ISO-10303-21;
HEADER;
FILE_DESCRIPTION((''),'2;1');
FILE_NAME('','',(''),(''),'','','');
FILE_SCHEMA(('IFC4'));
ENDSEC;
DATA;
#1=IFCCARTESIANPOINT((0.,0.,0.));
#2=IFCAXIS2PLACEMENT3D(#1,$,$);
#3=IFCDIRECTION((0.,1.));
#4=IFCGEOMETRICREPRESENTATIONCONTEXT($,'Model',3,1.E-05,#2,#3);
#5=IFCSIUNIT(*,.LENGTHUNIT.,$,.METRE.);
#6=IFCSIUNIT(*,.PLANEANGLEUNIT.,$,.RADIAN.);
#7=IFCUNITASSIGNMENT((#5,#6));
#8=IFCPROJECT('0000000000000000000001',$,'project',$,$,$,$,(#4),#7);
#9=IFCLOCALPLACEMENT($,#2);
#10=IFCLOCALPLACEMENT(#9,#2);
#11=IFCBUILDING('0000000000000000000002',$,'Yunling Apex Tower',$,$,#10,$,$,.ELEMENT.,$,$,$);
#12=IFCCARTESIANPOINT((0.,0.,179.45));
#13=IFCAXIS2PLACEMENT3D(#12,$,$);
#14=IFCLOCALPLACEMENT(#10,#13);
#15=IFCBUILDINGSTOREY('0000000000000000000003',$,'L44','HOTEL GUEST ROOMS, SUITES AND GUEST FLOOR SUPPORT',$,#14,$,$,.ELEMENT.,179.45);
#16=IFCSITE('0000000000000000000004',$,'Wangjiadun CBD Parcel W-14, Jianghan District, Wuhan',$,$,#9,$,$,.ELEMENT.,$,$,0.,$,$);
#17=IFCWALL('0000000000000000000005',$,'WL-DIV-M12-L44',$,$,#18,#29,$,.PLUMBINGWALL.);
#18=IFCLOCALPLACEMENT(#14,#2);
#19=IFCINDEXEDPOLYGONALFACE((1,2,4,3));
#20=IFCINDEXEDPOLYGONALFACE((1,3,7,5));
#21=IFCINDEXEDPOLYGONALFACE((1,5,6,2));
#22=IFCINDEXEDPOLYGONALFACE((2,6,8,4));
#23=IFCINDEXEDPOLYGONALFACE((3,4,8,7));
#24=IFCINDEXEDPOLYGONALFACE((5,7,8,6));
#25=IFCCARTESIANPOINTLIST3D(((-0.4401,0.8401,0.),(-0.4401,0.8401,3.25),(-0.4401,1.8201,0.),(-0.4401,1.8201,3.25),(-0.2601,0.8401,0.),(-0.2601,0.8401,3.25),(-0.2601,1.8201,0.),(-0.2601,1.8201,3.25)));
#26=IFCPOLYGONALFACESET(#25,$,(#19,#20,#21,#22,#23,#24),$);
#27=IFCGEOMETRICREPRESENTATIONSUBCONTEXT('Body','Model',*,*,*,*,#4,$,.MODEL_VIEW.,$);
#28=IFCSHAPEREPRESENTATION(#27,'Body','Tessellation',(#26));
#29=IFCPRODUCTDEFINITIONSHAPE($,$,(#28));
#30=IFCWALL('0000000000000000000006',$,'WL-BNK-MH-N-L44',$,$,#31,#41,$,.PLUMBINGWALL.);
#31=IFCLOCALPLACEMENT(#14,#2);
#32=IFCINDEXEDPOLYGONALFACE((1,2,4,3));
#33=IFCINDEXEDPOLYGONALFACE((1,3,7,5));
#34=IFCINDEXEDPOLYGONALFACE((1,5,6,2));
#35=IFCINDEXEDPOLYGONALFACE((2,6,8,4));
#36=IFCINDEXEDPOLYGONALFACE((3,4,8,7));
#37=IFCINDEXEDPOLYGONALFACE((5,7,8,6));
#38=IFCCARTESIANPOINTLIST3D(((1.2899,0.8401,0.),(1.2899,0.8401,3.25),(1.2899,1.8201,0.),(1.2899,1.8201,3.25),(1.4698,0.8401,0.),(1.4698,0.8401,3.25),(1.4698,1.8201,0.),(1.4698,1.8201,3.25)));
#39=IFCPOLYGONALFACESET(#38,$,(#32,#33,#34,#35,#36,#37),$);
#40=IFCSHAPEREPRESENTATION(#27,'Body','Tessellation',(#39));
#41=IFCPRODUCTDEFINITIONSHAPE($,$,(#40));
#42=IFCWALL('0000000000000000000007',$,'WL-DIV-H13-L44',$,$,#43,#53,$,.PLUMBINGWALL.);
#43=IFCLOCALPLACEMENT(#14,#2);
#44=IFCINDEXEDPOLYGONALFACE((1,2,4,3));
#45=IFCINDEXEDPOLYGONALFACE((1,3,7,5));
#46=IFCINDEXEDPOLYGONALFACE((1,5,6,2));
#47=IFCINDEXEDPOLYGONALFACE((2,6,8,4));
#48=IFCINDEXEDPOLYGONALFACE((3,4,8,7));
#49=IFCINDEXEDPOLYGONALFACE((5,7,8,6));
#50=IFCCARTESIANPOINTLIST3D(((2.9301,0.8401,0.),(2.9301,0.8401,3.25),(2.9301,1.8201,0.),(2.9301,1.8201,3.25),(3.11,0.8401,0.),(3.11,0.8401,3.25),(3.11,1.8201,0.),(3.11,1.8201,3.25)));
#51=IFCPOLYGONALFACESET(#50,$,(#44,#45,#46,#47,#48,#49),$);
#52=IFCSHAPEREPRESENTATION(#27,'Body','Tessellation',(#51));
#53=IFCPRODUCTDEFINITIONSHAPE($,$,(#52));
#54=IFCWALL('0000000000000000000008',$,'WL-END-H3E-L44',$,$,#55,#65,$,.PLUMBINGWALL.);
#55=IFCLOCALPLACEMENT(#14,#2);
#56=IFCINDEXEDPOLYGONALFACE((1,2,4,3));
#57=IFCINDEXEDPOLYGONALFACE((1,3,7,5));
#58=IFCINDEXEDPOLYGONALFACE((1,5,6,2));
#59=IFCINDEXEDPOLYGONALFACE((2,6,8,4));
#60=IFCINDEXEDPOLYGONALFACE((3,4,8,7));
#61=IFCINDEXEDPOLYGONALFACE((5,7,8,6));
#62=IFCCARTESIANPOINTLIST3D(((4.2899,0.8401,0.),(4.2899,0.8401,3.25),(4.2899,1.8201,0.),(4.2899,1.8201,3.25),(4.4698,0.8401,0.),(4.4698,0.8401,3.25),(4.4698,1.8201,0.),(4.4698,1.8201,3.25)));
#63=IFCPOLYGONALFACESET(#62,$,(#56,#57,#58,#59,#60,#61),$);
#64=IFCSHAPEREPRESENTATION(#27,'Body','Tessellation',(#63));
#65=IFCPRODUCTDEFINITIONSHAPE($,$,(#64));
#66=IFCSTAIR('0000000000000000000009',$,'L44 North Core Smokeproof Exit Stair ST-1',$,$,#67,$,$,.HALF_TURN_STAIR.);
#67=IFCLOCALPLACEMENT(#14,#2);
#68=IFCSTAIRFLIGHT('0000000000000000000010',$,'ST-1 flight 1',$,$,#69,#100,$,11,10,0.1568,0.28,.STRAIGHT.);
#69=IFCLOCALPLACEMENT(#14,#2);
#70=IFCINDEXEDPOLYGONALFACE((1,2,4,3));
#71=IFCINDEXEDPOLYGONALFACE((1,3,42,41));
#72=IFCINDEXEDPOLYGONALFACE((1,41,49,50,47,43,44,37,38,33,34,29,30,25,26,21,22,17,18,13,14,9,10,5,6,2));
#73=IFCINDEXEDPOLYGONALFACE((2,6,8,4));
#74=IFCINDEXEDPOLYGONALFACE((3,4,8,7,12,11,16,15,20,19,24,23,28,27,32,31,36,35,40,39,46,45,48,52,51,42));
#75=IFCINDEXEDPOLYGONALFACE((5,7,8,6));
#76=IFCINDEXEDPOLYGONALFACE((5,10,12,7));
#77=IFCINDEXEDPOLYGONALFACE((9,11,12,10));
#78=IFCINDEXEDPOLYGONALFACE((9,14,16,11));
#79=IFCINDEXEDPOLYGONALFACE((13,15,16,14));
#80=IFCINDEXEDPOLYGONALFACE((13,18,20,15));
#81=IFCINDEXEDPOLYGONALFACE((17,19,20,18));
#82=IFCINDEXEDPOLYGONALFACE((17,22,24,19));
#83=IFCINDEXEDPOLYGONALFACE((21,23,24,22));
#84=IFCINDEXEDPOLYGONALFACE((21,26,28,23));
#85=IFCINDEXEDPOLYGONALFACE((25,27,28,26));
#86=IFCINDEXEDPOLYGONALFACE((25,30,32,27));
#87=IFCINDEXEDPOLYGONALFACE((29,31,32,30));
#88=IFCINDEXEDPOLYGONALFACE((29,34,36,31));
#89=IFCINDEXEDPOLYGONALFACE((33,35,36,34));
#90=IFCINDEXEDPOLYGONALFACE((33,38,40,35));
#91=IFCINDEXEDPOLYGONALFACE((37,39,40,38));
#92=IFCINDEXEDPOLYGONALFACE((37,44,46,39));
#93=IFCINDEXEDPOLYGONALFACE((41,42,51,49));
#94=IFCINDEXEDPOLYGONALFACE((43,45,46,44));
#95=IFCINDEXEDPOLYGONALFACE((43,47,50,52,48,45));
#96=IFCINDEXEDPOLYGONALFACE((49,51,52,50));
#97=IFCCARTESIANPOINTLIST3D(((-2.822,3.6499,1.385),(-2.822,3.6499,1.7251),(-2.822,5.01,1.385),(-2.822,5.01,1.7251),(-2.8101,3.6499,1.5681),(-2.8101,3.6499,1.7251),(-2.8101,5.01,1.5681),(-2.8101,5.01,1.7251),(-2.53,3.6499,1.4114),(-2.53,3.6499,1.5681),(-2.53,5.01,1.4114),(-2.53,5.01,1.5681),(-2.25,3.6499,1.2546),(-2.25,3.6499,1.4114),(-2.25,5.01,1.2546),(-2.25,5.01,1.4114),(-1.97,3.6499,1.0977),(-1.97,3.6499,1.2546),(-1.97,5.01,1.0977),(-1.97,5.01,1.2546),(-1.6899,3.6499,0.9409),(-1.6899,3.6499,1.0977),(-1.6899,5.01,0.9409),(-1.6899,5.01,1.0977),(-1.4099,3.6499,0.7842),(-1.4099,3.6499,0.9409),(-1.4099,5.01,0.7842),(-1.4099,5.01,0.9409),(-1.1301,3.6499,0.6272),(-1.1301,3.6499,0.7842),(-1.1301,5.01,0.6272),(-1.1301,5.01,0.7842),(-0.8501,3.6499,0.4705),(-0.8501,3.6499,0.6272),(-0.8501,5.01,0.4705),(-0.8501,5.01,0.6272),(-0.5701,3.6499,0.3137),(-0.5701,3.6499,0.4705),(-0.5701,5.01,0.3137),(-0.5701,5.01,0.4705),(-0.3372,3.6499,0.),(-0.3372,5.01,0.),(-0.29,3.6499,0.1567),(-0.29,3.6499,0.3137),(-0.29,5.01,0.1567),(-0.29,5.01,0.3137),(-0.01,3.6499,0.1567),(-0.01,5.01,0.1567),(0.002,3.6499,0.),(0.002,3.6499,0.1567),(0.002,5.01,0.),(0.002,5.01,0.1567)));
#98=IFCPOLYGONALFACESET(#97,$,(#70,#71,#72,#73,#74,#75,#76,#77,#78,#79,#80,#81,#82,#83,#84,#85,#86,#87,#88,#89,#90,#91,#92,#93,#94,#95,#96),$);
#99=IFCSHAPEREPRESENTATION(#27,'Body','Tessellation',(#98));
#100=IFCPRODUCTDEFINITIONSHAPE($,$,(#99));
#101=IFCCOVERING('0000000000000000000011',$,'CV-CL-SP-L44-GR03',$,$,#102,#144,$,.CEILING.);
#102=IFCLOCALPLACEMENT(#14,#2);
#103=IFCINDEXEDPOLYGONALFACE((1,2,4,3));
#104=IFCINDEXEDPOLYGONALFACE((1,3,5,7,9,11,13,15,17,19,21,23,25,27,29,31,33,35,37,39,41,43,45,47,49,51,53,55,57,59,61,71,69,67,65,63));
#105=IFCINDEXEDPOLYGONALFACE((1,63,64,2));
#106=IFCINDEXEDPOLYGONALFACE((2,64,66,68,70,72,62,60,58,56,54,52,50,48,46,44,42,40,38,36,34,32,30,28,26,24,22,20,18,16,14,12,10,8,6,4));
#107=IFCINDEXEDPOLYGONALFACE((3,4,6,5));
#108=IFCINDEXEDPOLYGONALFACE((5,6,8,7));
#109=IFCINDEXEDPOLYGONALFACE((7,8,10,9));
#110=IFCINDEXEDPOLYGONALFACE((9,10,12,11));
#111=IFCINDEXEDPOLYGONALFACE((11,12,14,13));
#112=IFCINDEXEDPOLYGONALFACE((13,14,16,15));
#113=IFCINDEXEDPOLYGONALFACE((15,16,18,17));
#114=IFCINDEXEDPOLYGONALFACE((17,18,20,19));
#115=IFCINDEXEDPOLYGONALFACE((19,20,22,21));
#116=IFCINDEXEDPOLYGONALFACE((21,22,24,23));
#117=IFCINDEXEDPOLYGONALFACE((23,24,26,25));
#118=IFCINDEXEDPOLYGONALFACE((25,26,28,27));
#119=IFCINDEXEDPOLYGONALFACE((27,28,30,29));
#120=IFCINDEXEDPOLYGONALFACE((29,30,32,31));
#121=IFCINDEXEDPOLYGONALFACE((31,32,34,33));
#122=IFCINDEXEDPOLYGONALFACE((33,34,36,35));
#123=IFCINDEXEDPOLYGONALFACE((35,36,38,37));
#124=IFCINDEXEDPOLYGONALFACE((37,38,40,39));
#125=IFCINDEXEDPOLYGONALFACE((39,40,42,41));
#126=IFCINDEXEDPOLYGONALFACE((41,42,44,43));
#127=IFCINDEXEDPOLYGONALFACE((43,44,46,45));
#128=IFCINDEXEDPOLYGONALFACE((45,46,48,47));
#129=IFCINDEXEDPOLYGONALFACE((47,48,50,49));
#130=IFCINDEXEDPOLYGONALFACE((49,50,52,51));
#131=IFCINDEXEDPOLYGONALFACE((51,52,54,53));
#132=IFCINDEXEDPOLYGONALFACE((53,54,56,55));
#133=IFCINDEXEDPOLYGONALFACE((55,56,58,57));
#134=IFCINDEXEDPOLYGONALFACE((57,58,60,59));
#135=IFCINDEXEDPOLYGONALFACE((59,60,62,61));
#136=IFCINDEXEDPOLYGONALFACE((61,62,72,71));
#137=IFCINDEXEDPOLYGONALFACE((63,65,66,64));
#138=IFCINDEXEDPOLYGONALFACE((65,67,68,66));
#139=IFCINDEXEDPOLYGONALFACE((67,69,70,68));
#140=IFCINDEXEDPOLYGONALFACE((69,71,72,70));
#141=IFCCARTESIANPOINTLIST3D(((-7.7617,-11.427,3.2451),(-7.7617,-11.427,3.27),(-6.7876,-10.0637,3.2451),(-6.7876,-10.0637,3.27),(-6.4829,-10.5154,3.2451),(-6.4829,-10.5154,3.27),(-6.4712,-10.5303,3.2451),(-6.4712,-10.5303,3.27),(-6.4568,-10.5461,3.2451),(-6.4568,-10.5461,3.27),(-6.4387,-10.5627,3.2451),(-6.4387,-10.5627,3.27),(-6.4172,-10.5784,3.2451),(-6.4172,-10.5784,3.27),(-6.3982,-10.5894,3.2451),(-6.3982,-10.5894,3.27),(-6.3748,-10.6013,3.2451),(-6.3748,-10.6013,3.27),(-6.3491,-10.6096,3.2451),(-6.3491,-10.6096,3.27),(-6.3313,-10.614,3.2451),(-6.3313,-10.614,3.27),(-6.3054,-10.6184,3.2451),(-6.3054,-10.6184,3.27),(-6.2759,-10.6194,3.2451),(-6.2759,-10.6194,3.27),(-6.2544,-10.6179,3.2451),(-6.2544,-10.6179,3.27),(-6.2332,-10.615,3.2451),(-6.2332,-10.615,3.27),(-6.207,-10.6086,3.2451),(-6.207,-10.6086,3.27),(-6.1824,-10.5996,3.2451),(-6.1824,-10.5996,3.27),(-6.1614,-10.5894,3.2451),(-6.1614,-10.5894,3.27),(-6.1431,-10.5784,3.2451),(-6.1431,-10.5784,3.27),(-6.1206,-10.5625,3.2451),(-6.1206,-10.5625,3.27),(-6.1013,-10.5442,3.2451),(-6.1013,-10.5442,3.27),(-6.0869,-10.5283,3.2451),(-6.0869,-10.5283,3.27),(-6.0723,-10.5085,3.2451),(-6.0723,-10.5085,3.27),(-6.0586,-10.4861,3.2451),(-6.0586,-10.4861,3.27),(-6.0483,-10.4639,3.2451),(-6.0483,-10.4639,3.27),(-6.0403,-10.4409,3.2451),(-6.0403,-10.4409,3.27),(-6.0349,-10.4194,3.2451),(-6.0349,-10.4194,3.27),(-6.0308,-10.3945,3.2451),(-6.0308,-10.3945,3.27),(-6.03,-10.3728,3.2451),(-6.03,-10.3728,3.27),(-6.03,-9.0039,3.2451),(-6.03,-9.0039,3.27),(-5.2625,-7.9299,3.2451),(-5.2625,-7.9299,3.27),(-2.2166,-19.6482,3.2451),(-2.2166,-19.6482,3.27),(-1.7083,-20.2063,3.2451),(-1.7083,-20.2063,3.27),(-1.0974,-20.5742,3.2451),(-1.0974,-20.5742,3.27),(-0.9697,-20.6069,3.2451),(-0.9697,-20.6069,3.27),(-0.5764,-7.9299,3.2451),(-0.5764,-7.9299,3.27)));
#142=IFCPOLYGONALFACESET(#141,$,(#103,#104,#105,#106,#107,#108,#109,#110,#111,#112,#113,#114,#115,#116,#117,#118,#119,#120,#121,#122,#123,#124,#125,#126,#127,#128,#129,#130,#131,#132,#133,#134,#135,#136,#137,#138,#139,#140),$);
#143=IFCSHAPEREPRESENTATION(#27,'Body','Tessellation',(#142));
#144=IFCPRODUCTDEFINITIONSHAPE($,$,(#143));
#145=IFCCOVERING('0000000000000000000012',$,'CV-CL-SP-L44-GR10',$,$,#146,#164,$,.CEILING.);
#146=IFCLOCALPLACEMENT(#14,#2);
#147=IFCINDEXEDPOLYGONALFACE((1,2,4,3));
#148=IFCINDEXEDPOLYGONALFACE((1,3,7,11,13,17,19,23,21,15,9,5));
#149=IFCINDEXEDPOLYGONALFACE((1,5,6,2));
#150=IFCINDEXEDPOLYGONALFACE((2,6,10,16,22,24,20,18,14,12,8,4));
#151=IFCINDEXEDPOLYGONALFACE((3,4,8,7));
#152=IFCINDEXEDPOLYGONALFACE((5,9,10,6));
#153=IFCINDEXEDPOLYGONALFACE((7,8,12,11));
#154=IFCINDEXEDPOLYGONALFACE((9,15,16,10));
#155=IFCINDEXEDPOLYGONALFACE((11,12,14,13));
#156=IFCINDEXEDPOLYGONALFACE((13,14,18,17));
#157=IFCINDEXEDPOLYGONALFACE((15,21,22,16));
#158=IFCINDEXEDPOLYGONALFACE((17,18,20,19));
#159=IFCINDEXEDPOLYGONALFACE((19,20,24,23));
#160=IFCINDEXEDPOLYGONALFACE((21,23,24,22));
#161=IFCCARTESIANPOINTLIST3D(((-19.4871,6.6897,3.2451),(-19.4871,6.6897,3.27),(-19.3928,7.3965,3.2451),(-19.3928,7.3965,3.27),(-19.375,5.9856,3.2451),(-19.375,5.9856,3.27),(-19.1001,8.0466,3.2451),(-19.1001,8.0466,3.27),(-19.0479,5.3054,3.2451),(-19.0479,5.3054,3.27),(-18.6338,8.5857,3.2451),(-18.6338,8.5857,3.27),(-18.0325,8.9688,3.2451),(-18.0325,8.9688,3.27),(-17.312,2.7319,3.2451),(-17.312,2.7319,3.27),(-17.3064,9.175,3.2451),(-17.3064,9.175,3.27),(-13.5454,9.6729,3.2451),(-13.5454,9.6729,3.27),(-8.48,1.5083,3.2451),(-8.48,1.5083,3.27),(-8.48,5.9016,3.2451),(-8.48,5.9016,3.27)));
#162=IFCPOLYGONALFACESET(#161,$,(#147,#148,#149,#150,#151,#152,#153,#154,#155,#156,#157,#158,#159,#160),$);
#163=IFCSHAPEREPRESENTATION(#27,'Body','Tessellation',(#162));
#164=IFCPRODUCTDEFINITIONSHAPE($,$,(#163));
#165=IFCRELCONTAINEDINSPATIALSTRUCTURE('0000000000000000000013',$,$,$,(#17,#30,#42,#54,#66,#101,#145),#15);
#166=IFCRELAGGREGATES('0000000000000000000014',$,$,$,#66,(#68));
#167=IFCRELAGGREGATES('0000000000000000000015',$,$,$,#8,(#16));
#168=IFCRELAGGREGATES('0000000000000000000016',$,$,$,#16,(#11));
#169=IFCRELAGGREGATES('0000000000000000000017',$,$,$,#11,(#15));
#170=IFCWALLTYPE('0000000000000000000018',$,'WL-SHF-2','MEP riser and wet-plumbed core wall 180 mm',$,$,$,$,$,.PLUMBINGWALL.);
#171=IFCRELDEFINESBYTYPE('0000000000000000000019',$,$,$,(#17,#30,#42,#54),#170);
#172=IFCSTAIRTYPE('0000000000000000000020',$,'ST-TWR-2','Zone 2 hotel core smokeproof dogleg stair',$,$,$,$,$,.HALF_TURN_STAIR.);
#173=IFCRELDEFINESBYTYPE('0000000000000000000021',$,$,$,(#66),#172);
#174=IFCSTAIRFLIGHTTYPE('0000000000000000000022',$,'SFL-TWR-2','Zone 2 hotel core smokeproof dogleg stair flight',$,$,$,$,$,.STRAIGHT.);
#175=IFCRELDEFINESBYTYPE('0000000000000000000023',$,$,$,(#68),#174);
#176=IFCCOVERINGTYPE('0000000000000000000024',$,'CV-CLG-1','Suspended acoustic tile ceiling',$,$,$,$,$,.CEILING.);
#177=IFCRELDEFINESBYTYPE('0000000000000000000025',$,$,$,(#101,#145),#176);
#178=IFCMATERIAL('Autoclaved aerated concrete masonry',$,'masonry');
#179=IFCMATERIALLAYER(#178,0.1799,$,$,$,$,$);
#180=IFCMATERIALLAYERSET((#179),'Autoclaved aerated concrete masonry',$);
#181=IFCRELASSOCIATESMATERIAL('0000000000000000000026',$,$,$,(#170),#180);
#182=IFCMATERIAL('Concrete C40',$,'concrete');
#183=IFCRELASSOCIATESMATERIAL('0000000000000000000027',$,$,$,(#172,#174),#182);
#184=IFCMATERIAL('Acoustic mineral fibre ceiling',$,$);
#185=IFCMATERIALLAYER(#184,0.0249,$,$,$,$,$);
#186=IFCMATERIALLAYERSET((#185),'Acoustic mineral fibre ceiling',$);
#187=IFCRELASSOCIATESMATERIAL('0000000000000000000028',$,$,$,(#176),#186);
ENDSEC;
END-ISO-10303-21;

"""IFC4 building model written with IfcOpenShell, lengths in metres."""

from ifc_helpers import new_model, si_unit, direction, frame, frame_2d, origin, place, context, subcontext, project, spatial, polyline, rectangle, outline, extrude, material, layer, layer_set, type_object, element, aggregate, save


model = new_model("IFC4")

# Units and contexts
model_context = context("Model", 3, precision=1e-05, world=origin(), true_north=direction((0.0, 1.0)))
body_context = subcontext(model_context, "Body", "Model", "MODEL_VIEW")
ifc_project = project(units=[si_unit("LENGTHUNIT", "METRE"), si_unit("PLANEANGLEUNIT", "RADIAN")], contexts=[model_context])

# Site, building, storey
site_placement = place(None, origin())
site = spatial("IfcSite", under=ifc_project, at=site_placement, Name="Wangjiadun CBD Parcel W-14, Jianghan District, Wuhan", CompositionType="ELEMENT", RefElevation=0.0)
building_placement = place(site_placement, origin())
building = spatial("IfcBuilding", under=site, at=building_placement, Name="Yunling Apex Tower", CompositionType="ELEMENT")
storey_placement = place(building_placement, frame((0.0, 0.0, 179.45)))
storey = spatial("IfcBuildingStorey", under=building, at=storey_placement, Name="L44", Description="HOTEL GUEST ROOMS, SUITES AND GUEST FLOOR SUPPORT", CompositionType="ELEMENT", Elevation=179.45)

# Shared definitions
ifc_material_1 = material(Name="Concrete C40", Category="concrete")

# Shared definitions
ifc_material_2 = material(Name="Autoclaved aerated concrete masonry", Category="masonry")

# Walls
ifc_layer_1 = layer(ifc_material_2, 0.1799)
ifc_layer_set_1 = layer_set([ifc_layer_1], Name="Autoclaved aerated concrete masonry")
wall_type_1 = type_object("IfcWallType", Name="WL-SHF-2", Description="MEP riser and wet-plumbed core wall 180 mm", PredefinedType="PLUMBINGWALL", material=ifc_layer_set_1)
for number, where, z_axis, x_axis, name in (
    (1, (-0.3501, 0.8401, 0.0), (0.0, 0.0, 1.0), (0.0, 1.0, 0.0), "WL-DIV-M12-L44"),
    (2, (1.3799, 0.8401, 0.0), (0.0, 0.0, 1.0), (0.0, 1.0, 0.0), "WL-BNK-MH-N-L44"),
    (3, (3.02, 0.8401, 0.0), (0.0, 0.0, 1.0), (0.0, 1.0, 0.0), "WL-DIV-H13-L44"),
    (4, (4.3799, 0.8401, 0.0), (0.0, 0.0, 1.0), (0.0, 1.0, 0.0), "WL-END-H3E-L44"),
):
    element("IfcWall", number, at=place(storey_placement, frame(where, z_axis=z_axis, x_axis=x_axis)), inside=storey, type_object=wall_type_1, Name=name, PredefinedType="PLUMBINGWALL", context=body_context, shape_type="SweptSolid", body=[
        extrude(rectangle(XDim=0.98, YDim=0.1799, at=frame_2d((0.49, 0.0))), origin(), (0.0, 0.0, 1.0), 3.25),
    ])

# Stair, stair flight
stair_type = type_object("IfcStairType", Name="ST-TWR-2", Description="Zone 2 hotel core smokeproof dogleg stair", PredefinedType="HALF_TURN_STAIR", material=ifc_material_1)
stair_placement = place(storey_placement, origin())
stair = element("IfcStair", 5, at=stair_placement, inside=storey, type_object=stair_type, Name="L44 North Core Smokeproof Exit Stair ST-1", PredefinedType="HALF_TURN_STAIR")
stair_flight_type = type_object("IfcStairFlightType", Name="SFL-TWR-2", Description="Zone 2 hotel core smokeproof dogleg stair flight", PredefinedType="STRAIGHT", material=ifc_material_1)
stair_flight_placement = place(storey_placement, frame((-0.01, 4.3301, 0.0), z_axis=(0.0, 0.0, 1.0), x_axis=(-1.0, 0.0, 0.0)))
stair_flight = element("IfcStairFlight", 6, at=stair_flight_placement, type_object=stair_flight_type, Name="ST-1 flight 1", NumberOfRisers=11, NumberOfTreads=10, PredefinedType="STRAIGHT", RiserHeight=0.1568, TreadLength=0.28, context=body_context, shape_type="SweptSolid", body=[
    extrude(outline(polyline([(-0.012, 0.0), (-0.012, 0.1567), (0.0, 0.1567), (0.28, 0.1567), (0.28, 0.3137), (0.5601, 0.3137), (0.5601, 0.4705), (0.8401, 0.4705), (0.8401, 0.6272), (1.1201, 0.6272), (1.1201, 0.7842), (1.3999, 0.7842), (1.3999, 0.9409), (1.6799, 0.9409), (1.6799, 1.0977), (1.96, 1.0977), (1.96, 1.2546), (2.24, 1.2546), (2.24, 1.4114), (2.52, 1.4114), (2.52, 1.5681), (2.8, 1.5681), (2.8, 1.7251), (2.812, 1.7251), (2.812, 1.385), (0.3271, 0.0), (-0.012, 0.0)])), frame((0.0, 0.6802, 0.0), z_axis=(0.0, -1.0, 0.0), x_axis=(1.0, 0.0, 0.0)), (0.0, 0.0, 1.0), 1.3601),
])
aggregate(stair, [stair_flight])

# Coverings
ifc_material_3 = material(Name="Acoustic mineral fibre ceiling")
ifc_layer_2 = layer(ifc_material_3, 0.0249)
ifc_layer_set_2 = layer_set([ifc_layer_2], Name="Acoustic mineral fibre ceiling")
covering_type_1 = type_object("IfcCoveringType", Name="CV-CLG-1", Description="Suspended acoustic tile ceiling", PredefinedType="CEILING", material=ifc_layer_set_2)
covering_1_placement = place(storey_placement, frame((0.0, 0.0, 3.2451)))
element("IfcCovering", 7, at=covering_1_placement, inside=storey, type_object=covering_type_1, Name="CV-CL-SP-L44-GR03", PredefinedType="CEILING", context=body_context, shape_type="SweptSolid", body=[
    extrude(outline(polyline([(-1.0974, -20.5742), (-1.7083, -20.2063), (-2.2166, -19.6482), (-7.7617, -11.427), (-6.7876, -10.0637), (-6.4829, -10.5154), (-6.4712, -10.5303), (-6.4568, -10.5461), (-6.4387, -10.5627), (-6.4172, -10.5784), (-6.3982, -10.5894), (-6.3748, -10.6013), (-6.3491, -10.6096), (-6.3313, -10.614), (-6.3054, -10.6184), (-6.2759, -10.6194), (-6.2544, -10.6179), (-6.2332, -10.615), (-6.207, -10.6086), (-6.1824, -10.5996), (-6.1614, -10.5894), (-6.1431, -10.5784), (-6.1206, -10.5625), (-6.1013, -10.5442), (-6.0869, -10.5283), (-6.0723, -10.5085), (-6.0586, -10.4861), (-6.0483, -10.4639), (-6.0403, -10.4409), (-6.0349, -10.4194), (-6.0308, -10.3945), (-6.03, -10.3728), (-6.03, -9.0039), (-5.2625, -7.9299), (-0.5764, -7.9299), (-0.9697, -20.6069), (-1.0974, -20.5742)])), origin(), (0.0, 0.0, 1.0), 0.0249),
])
covering_2_placement = place(storey_placement, frame((0.0, 0.0, 3.2451)))
element("IfcCovering", 8, at=covering_2_placement, inside=storey, type_object=covering_type_1, Name="CV-CL-SP-L44-GR10", PredefinedType="CEILING", context=body_context, shape_type="SweptSolid", body=[
    extrude(outline(polyline([(-19.3928, 7.3965), (-19.1001, 8.0466), (-18.6338, 8.5857), (-18.0325, 8.9688), (-17.3064, 9.175), (-13.5454, 9.6729), (-8.48, 5.9016), (-8.48, 1.5083), (-17.312, 2.7319), (-19.0479, 5.3054), (-19.375, 5.9856), (-19.4871, 6.6897), (-19.3928, 7.3965)])), origin(), (0.0, 0.0, 1.0), 0.0249),
])

save(model, "model.ifc")
